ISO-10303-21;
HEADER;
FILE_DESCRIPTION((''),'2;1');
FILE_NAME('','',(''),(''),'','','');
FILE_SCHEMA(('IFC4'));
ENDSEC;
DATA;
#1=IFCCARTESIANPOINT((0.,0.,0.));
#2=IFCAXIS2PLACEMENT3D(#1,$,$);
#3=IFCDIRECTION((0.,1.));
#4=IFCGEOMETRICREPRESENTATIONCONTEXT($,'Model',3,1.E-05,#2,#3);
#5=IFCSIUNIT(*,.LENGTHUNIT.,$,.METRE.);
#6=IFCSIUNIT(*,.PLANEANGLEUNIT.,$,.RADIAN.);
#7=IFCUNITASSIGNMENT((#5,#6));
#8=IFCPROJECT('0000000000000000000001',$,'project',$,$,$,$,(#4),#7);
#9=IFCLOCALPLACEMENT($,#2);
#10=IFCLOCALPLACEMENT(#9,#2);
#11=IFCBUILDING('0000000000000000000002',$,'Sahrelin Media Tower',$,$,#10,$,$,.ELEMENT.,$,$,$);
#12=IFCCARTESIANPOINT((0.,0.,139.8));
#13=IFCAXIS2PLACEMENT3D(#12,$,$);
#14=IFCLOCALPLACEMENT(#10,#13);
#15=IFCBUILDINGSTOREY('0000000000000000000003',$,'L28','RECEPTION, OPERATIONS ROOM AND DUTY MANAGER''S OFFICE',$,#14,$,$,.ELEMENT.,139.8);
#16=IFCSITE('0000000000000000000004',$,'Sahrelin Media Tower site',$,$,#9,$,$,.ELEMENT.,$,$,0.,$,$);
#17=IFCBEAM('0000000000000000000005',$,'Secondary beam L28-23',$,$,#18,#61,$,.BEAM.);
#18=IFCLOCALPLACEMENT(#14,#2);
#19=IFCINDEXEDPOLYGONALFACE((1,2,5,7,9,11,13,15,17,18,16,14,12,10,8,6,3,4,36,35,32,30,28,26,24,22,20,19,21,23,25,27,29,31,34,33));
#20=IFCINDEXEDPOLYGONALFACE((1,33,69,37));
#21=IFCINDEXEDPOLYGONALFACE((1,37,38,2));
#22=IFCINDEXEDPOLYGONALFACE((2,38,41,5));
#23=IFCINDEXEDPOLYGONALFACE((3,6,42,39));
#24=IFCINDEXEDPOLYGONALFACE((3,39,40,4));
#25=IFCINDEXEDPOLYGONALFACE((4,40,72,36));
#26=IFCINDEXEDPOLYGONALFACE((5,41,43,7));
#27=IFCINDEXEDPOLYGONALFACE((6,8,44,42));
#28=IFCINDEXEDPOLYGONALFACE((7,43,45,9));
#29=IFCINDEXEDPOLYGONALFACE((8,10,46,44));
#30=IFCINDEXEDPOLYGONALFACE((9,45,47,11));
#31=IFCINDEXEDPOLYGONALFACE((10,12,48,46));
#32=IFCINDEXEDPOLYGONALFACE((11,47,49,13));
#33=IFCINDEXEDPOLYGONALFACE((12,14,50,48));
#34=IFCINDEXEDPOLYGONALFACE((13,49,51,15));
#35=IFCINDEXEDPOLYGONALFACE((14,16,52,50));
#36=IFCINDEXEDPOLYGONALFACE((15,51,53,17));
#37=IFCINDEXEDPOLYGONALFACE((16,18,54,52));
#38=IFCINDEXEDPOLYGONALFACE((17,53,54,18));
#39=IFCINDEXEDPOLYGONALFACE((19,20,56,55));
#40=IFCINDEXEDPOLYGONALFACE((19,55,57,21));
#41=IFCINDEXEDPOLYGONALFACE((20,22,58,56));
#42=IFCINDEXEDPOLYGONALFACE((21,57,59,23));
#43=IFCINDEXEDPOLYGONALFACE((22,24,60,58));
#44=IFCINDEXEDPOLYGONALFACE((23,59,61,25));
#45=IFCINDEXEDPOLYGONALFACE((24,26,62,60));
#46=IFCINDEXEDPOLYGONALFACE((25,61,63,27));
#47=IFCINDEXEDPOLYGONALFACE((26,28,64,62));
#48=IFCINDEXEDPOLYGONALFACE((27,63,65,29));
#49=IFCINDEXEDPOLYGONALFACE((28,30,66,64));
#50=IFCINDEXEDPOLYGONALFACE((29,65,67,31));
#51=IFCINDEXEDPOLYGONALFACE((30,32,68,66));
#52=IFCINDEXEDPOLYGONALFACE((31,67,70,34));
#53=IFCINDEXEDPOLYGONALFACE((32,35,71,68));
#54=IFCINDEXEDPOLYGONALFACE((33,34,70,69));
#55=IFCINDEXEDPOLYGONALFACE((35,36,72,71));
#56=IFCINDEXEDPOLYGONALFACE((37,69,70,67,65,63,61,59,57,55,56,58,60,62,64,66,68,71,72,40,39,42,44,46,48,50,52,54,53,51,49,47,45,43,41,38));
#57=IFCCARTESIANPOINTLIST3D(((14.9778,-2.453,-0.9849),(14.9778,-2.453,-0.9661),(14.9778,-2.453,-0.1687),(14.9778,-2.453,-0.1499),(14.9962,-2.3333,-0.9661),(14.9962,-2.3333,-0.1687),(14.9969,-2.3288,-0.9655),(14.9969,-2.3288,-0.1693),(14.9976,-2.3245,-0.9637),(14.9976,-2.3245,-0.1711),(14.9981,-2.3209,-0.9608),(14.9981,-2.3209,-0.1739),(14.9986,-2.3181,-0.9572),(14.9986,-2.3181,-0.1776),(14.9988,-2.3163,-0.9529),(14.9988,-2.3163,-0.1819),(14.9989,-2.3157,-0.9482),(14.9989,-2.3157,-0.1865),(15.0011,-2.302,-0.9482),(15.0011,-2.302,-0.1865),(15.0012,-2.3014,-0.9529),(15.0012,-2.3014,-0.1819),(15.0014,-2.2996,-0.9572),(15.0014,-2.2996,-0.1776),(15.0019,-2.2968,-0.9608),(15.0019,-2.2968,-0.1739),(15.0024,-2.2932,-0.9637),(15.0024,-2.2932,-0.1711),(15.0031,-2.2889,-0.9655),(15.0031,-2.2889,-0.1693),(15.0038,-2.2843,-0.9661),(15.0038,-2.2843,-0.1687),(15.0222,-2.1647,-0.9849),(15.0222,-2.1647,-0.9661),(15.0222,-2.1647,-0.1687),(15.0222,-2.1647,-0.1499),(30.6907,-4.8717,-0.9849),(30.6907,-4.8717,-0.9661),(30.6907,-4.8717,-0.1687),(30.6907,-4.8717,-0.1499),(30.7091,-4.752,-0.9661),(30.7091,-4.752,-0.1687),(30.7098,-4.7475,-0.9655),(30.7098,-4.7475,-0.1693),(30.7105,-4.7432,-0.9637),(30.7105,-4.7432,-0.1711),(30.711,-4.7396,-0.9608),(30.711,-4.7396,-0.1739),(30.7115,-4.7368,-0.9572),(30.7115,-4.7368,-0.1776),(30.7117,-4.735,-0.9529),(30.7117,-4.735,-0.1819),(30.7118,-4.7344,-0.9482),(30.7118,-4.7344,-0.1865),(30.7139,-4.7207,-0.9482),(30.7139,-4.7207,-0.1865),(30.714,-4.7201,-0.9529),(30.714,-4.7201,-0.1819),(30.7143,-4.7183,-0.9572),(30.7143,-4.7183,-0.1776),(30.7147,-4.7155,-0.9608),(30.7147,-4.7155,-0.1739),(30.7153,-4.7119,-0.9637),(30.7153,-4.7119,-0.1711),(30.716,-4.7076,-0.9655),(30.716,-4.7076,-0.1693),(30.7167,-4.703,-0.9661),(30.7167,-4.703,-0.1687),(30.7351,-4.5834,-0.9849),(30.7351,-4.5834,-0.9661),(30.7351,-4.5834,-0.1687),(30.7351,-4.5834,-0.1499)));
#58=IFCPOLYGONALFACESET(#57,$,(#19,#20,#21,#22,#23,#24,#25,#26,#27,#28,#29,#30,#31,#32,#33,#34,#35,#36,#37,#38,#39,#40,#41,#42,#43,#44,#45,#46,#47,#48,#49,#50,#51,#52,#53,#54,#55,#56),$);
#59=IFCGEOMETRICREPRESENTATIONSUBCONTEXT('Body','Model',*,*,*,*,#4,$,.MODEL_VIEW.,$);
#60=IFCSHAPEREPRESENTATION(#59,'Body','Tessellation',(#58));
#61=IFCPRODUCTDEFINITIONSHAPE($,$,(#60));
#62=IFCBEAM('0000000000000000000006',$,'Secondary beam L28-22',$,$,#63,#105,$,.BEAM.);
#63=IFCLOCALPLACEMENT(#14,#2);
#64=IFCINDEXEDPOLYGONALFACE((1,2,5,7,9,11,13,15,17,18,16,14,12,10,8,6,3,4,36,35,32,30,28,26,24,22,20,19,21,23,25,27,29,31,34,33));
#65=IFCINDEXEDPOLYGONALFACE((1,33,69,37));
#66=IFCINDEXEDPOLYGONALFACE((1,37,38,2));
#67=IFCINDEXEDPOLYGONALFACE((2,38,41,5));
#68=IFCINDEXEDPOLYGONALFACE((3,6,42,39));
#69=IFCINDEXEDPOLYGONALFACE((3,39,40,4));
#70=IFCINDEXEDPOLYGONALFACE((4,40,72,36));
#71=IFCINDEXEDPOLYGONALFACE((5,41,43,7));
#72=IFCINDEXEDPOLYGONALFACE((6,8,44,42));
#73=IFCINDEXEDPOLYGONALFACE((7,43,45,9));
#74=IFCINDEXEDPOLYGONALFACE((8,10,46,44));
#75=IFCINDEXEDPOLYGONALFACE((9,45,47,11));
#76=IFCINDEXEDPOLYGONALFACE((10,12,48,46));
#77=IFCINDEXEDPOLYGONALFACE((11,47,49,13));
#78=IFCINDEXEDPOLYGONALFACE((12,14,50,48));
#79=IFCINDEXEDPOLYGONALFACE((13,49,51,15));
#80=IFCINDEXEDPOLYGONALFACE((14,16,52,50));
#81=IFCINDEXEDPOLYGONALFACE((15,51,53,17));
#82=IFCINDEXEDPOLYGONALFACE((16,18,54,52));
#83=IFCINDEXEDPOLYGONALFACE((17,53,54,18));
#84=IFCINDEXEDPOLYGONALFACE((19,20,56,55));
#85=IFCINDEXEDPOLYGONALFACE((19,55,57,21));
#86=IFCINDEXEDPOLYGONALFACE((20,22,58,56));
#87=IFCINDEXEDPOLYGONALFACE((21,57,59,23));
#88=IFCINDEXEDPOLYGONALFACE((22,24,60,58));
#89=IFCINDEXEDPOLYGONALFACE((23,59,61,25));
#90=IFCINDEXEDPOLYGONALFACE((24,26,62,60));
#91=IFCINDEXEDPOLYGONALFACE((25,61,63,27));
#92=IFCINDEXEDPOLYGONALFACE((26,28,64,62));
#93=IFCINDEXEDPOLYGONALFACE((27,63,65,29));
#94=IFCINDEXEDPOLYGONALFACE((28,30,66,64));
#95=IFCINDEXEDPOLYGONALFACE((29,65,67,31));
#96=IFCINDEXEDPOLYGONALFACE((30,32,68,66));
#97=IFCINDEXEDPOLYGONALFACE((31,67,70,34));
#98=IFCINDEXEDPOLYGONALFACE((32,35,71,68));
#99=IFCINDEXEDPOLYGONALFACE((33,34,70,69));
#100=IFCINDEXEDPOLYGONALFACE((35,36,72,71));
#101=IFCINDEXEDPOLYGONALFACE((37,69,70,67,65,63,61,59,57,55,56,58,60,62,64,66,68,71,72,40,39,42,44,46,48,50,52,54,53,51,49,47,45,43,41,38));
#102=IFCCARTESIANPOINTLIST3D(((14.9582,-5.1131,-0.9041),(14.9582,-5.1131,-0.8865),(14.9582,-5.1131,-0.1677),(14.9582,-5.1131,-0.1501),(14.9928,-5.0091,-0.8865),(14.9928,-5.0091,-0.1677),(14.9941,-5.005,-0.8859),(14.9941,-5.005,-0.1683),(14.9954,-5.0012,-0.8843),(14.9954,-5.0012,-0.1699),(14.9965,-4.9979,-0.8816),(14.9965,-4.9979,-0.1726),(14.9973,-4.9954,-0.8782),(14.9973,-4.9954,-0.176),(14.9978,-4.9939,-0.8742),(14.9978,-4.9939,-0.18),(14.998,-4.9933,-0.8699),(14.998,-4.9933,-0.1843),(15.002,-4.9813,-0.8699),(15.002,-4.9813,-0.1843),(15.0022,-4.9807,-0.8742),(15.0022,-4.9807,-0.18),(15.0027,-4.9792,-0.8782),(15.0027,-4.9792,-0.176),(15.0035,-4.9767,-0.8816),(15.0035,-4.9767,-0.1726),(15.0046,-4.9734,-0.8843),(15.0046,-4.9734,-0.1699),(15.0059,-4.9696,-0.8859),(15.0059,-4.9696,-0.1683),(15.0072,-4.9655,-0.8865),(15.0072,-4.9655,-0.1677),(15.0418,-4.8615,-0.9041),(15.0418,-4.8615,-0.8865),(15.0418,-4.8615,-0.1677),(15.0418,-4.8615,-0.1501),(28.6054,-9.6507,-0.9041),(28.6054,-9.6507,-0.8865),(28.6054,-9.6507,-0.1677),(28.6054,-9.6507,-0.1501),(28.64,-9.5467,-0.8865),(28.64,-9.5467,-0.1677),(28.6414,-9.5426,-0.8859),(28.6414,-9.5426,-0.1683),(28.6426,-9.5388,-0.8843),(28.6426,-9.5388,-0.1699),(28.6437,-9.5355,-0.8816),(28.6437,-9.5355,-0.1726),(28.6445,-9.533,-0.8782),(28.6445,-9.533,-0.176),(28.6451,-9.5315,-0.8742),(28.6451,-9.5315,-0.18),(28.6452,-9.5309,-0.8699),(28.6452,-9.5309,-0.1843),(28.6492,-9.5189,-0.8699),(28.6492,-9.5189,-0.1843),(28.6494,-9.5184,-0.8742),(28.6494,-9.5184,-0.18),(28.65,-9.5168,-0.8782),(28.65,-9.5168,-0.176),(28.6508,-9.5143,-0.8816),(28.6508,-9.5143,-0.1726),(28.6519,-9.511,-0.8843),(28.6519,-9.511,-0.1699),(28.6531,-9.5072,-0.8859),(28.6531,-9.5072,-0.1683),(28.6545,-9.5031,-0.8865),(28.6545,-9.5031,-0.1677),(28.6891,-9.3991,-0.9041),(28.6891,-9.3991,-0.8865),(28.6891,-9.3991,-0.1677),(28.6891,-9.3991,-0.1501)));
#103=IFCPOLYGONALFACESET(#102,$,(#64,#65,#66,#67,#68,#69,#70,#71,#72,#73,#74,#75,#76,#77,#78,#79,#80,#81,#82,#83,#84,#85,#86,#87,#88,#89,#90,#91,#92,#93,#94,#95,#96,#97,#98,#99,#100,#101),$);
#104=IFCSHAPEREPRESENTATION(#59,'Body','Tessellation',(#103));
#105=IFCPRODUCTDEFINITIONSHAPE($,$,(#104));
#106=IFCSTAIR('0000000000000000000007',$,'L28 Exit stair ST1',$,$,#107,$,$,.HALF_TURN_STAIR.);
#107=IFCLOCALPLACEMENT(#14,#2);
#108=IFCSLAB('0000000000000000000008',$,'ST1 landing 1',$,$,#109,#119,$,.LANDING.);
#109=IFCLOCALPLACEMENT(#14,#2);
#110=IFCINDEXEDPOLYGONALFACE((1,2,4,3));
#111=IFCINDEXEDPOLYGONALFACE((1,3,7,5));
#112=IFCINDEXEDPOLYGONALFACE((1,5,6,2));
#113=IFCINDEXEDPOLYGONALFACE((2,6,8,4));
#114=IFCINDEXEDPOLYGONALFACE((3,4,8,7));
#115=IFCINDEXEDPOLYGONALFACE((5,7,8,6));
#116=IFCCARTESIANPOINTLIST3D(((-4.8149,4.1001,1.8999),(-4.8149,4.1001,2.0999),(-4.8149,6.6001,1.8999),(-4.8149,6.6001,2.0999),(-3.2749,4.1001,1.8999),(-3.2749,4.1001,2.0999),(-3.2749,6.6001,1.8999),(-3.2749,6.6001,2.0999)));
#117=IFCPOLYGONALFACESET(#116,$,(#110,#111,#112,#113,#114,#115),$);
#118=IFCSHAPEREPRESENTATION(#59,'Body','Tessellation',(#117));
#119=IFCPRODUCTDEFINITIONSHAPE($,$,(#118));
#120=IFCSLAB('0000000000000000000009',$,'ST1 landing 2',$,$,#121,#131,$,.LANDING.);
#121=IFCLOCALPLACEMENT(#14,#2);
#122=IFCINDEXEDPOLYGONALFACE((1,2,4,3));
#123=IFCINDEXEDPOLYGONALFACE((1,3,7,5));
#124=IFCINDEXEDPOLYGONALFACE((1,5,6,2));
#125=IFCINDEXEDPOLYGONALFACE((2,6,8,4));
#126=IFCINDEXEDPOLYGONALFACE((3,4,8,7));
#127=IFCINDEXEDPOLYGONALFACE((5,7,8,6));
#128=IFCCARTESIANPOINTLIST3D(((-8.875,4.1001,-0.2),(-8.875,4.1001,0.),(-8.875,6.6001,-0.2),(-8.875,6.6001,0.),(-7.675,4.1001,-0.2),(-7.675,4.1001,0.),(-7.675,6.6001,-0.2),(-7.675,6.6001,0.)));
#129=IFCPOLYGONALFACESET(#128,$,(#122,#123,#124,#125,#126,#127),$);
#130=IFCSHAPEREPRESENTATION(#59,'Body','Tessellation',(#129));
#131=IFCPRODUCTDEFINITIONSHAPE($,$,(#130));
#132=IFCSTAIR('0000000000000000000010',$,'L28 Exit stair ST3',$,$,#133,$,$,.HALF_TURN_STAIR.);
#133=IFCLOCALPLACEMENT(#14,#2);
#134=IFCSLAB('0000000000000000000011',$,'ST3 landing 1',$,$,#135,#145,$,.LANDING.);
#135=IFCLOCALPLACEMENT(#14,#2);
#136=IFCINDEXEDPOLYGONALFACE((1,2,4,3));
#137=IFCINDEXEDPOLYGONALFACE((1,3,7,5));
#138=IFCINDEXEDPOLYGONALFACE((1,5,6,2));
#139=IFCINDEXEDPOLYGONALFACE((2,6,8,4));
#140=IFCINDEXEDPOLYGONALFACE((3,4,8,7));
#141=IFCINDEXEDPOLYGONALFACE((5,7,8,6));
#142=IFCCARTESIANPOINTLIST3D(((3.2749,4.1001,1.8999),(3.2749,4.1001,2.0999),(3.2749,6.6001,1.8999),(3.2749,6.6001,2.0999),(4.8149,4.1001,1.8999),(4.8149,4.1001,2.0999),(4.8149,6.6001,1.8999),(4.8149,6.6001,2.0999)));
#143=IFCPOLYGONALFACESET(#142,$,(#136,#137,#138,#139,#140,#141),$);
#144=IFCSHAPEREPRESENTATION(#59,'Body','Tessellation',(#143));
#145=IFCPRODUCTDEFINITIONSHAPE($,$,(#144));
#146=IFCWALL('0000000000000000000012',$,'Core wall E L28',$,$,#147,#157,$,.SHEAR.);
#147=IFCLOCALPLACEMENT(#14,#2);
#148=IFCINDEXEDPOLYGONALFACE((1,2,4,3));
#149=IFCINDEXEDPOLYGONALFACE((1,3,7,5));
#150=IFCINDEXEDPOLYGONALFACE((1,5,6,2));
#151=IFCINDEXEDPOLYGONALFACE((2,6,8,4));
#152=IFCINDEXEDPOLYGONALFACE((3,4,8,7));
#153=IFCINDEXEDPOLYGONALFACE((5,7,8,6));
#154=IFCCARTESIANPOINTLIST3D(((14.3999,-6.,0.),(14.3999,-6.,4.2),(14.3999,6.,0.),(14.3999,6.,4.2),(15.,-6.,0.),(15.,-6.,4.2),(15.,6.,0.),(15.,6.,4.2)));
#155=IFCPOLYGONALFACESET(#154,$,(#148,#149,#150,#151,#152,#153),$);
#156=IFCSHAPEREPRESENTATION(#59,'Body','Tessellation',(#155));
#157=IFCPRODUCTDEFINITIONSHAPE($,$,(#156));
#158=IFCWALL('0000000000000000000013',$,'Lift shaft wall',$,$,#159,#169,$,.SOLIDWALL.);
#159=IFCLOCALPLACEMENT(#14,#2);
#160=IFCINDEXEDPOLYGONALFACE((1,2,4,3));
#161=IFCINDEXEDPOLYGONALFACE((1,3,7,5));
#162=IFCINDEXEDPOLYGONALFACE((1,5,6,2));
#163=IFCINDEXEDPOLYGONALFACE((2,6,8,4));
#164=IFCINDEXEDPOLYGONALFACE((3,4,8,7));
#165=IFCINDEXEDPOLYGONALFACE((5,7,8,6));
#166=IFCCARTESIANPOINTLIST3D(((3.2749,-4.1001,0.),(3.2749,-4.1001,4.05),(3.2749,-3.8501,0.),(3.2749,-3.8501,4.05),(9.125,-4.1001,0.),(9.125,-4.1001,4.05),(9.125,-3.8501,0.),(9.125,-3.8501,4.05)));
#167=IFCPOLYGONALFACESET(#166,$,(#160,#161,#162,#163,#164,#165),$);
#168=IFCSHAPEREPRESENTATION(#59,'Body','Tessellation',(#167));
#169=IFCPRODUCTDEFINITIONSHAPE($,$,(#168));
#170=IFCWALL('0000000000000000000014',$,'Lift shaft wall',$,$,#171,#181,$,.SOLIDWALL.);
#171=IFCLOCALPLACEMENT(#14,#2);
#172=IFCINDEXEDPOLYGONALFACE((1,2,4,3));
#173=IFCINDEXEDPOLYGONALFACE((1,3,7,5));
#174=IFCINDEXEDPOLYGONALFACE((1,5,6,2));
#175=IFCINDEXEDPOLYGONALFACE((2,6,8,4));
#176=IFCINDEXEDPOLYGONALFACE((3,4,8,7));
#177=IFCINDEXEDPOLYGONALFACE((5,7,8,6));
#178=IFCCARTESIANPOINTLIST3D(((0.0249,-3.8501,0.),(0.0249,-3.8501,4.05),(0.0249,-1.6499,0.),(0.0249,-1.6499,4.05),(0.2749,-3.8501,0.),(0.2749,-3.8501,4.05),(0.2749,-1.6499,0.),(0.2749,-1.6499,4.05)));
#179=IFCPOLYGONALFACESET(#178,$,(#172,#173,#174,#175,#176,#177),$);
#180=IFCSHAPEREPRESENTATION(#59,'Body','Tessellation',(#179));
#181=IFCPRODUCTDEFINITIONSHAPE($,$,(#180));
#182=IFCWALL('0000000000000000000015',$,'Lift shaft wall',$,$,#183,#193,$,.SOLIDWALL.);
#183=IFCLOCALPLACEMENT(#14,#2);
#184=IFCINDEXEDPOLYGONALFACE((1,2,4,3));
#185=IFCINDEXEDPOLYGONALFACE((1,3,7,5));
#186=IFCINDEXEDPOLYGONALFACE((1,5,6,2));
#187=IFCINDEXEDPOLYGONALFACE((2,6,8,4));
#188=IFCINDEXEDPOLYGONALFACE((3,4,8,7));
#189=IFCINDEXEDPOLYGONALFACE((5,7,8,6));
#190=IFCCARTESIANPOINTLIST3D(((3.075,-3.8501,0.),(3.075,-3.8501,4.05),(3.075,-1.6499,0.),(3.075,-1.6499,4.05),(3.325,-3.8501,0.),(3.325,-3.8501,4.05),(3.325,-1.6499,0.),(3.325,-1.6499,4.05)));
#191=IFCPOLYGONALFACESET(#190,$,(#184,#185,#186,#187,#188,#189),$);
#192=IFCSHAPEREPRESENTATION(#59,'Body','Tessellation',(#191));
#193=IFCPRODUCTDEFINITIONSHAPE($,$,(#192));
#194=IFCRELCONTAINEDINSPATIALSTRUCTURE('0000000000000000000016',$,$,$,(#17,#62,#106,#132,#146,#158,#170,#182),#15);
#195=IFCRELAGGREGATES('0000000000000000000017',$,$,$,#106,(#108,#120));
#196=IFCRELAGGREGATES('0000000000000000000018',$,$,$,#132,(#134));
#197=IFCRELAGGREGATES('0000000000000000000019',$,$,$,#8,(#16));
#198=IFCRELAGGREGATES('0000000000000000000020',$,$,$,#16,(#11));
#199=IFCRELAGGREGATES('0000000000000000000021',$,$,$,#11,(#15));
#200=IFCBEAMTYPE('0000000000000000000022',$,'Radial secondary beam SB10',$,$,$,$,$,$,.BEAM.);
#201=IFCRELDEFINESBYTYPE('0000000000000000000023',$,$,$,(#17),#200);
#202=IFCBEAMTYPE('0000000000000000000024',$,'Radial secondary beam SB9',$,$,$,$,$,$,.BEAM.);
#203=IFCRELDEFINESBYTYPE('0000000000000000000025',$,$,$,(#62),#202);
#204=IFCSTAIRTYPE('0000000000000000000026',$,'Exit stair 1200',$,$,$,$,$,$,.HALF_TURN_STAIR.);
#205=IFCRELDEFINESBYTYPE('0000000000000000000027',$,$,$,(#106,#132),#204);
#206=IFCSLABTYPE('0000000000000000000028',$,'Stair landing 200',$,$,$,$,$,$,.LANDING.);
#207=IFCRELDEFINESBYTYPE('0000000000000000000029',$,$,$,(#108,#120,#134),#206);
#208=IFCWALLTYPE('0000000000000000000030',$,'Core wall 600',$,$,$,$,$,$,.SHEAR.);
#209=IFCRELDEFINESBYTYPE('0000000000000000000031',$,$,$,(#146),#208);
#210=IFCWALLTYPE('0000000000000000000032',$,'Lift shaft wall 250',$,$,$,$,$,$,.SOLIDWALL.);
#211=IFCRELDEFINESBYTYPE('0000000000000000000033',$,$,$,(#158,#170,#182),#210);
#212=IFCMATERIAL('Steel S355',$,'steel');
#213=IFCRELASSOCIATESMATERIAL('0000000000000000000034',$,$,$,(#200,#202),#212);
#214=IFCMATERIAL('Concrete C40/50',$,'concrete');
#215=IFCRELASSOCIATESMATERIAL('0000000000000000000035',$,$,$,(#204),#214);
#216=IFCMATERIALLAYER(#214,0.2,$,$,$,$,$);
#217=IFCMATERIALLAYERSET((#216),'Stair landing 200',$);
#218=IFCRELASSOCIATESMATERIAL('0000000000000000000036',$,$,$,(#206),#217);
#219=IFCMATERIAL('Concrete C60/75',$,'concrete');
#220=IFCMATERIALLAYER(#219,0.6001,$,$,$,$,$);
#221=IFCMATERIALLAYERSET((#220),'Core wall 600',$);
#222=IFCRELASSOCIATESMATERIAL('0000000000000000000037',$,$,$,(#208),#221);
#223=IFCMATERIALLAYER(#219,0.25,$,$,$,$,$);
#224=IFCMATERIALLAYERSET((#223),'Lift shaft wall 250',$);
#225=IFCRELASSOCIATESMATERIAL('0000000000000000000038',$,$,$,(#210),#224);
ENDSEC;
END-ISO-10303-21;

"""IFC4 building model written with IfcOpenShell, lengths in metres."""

from ifc_helpers import new_model, si_unit, direction, frame, frame_2d, origin, origin_2d, place, context, subcontext, project, spatial, polyline, rectangle, i_section, outline, extrude, material, layer, layer_set, material_profile, profile_set, type_object, element, aggregate, save


model = new_model("IFC4")

# Units and contexts
model_context = context("Model", 3, precision=1e-05, world=origin(), true_north=direction((0.0, 1.0)))
body_context = subcontext(model_context, "Body", "Model", "MODEL_VIEW")
ifc_project = project(units=[si_unit("LENGTHUNIT", "METRE"), si_unit("PLANEANGLEUNIT", "RADIAN")], contexts=[model_context])

# Site, building, storey
site_placement = place(None, origin())
site = spatial("IfcSite", under=ifc_project, at=site_placement, Name="Sahrelin Media Tower site", CompositionType="ELEMENT", RefElevation=0.0)
building_placement = place(site_placement, origin())
building = spatial("IfcBuilding", under=site, at=building_placement, Name="Sahrelin Media Tower", CompositionType="ELEMENT")
storey_placement = place(building_placement, frame((0.0, 0.0, 139.8)))
storey = spatial("IfcBuildingStorey", under=building, at=storey_placement, Name="L28", Description="RECEPTION, OPERATIONS ROOM AND DUTY MANAGER'S OFFICE", CompositionType="ELEMENT", Elevation=139.8)

# Beams
ifc_material_1 = material(Name="Steel S355", Category="steel")
ifc_material_profile_1 = material_profile(ifc_material_1, i_section(OverallWidth=0.2917, OverallDepth=0.835, WebThickness=0.0139, FlangeThickness=0.0188, FilletRadius=0.0178, at=origin_2d()), Name="UB 838x292x176")
ifc_profile_set_1 = profile_set([ifc_material_profile_1], Name="Steel S355")
beam_type_1 = type_object("IfcBeamType", Name="Radial secondary beam SB10", PredefinedType="BEAM", material=ifc_profile_set_1)
beam_1_placement = place(storey_placement, frame((15.0, -2.3088, -0.5674), z_axis=(0.988359, -0.152139, 0.0), x_axis=(0.152139, 0.988359, 0.0)))
element("IfcBeam", 1, at=beam_1_placement, inside=storey, type_object=beam_type_1, Name="Secondary beam L28-23", PredefinedType="BEAM", context=body_context, shape_type="SweptSolid", body=[
    extrude(i_section(OverallWidth=0.2917, OverallDepth=0.835, WebThickness=0.0139, FlangeThickness=0.0188, FilletRadius=0.0178, at=origin_2d()), origin(), (0.0, 0.0, 1.0), 15.8979),
])
ifc_material_profile_2 = material_profile(ifc_material_1, i_section(OverallWidth=0.2651, OverallDepth=0.7539, WebThickness=0.0127, FlangeThickness=0.0176, FilletRadius=0.0166, at=origin_2d()), Name="UB 762x267x147")
ifc_profile_set_2 = profile_set([ifc_material_profile_2], Name="Steel S355")
beam_type_2 = type_object("IfcBeamType", Name="Radial secondary beam SB9", PredefinedType="BEAM", material=ifc_profile_set_2)
beam_2_placement = place(storey_placement, frame((15.0, -4.9873, -0.5271), z_axis=(0.948922, -0.31551, 0.0), x_axis=(0.31551, 0.948922, 0.0)))
element("IfcBeam", 2, at=beam_2_placement, inside=storey, type_object=beam_type_2, Name="Secondary beam L28-22", PredefinedType="BEAM", context=body_context, shape_type="SweptSolid", body=[
    extrude(i_section(OverallWidth=0.2651, OverallDepth=0.7539, WebThickness=0.0127, FlangeThickness=0.0176, FilletRadius=0.0166, at=origin_2d()), origin(), (0.0, 0.0, 1.0), 14.3818),
])

# Stair, slabs
ifc_material_2 = material(Name="Concrete C40/50", Category="concrete")
stair_type = type_object("IfcStairType", Name="Exit stair 1200", PredefinedType="HALF_TURN_STAIR", material=ifc_material_2)
placement_1 = place(storey_placement, origin())
stair_1 = element("IfcStair", 3, at=placement_1, inside=storey, type_object=stair_type, Name="L28 Exit stair ST1", PredefinedType="HALF_TURN_STAIR")
ifc_layer_1 = layer(ifc_material_2, 0.2)
ifc_layer_set_1 = layer_set([ifc_layer_1], Name="Stair landing 200")
slab_type = type_object("IfcSlabType", Name="Stair landing 200", PredefinedType="LANDING", material=ifc_layer_set_1)
placement_2 = place(storey_placement, frame((0.0, 0.0, 1.8999)))
slab_1 = element("IfcSlab", 4, at=placement_2, type_object=slab_type, Name="ST1 landing 1", PredefinedType="LANDING", context=body_context, shape_type="SweptSolid", body=[
    extrude(outline(polyline([(-4.8149, 4.1001), (-3.2749, 4.1001), (-3.2749, 6.6001), (-4.8149, 6.6001), (-4.8149, 4.1001)])), origin(), (0.0, 0.0, 1.0), 0.2),
])
slab_2_placement = place(storey_placement, frame((0.0, 0.0, -0.2)))
slab_2 = element("IfcSlab", 5, at=slab_2_placement, type_object=slab_type, Name="ST1 landing 2", PredefinedType="LANDING", context=body_context, shape_type="SweptSolid", body=[
    extrude(outline(polyline([(-8.875, 4.1001), (-7.675, 4.1001), (-7.675, 6.6001), (-8.875, 6.6001), (-8.875, 4.1001)])), origin(), (0.0, 0.0, 1.0), 0.2),
])
aggregate(stair_1, [slab_1, slab_2])

# Stair, slab
stair_2 = element("IfcStair", 6, at=placement_1, inside=storey, type_object=stair_type, Name="L28 Exit stair ST3", PredefinedType="HALF_TURN_STAIR")
slab_3 = element("IfcSlab", 7, at=placement_2, type_object=slab_type, Name="ST3 landing 1", PredefinedType="LANDING", context=body_context, shape_type="SweptSolid", body=[
    extrude(outline(polyline([(4.8149, 6.6001), (3.2749, 6.6001), (3.2749, 4.1001), (4.8149, 4.1001), (4.8149, 6.6001)])), origin(), (0.0, 0.0, 1.0), 0.2),
])
aggregate(stair_2, [slab_3])

# Walls
ifc_material_3 = material(Name="Concrete C60/75", Category="concrete")
ifc_layer_2 = layer(ifc_material_3, 0.6001)
ifc_layer_set_2 = layer_set([ifc_layer_2], Name="Core wall 600")
wall_type_1 = type_object("IfcWallType", Name="Core wall 600", PredefinedType="SHEAR", material=ifc_layer_set_2)
wall_1_placement = place(storey_placement, frame((14.7, -6.0, 0.0), z_axis=(0.0, 0.0, 1.0), x_axis=(0.0, 1.0, 0.0)))
element("IfcWall", 8, at=wall_1_placement, inside=storey, type_object=wall_type_1, Name="Core wall E L28", PredefinedType="SHEAR", context=body_context, shape_type="SweptSolid", body=[
    extrude(rectangle(XDim=12.0, YDim=0.6001, at=frame_2d((6.0, 0.0))), origin(), (0.0, 0.0, 1.0), 4.2),
])
ifc_layer_3 = layer(ifc_material_3, 0.25)
ifc_layer_set_3 = layer_set([ifc_layer_3], Name="Lift shaft wall 250")
wall_type_2 = type_object("IfcWallType", Name="Lift shaft wall 250", PredefinedType="SOLIDWALL", material=ifc_layer_set_3)
wall_2_placement = place(storey_placement, frame((3.2749, -3.9751, 0.0), z_axis=(0.0, 0.0, 1.0), x_axis=(1.0, 0.0, 0.0)))
element("IfcWall", 9, at=wall_2_placement, inside=storey, type_object=wall_type_2, Name="Lift shaft wall", PredefinedType="SOLIDWALL", context=body_context, shape_type="SweptSolid", body=[
    extrude(rectangle(XDim=5.8501, YDim=0.25, at=frame_2d((2.925, 0.0))), origin(), (0.0, 0.0, 1.0), 4.05),
])
for number, where, z_axis, x_axis, name in (
    (10, (0.1499, -3.8501, 0.0), (0.0, 0.0, 1.0), (0.0, 1.0, 0.0), "Lift shaft wall"),
    (11, (3.2, -3.8501, 0.0), (0.0, 0.0, 1.0), (0.0, 1.0, 0.0), "Lift shaft wall"),
):
    element("IfcWall", number, at=place(storey_placement, frame(where, z_axis=z_axis, x_axis=x_axis)), inside=storey, type_object=wall_type_2, Name=name, PredefinedType="SOLIDWALL", context=body_context, shape_type="SweptSolid", body=[
        extrude(rectangle(XDim=2.2002, YDim=0.25, at=frame_2d((1.1001, 0.0))), origin(), (0.0, 0.0, 1.0), 4.05),
    ])

save(model, "model.ifc")
